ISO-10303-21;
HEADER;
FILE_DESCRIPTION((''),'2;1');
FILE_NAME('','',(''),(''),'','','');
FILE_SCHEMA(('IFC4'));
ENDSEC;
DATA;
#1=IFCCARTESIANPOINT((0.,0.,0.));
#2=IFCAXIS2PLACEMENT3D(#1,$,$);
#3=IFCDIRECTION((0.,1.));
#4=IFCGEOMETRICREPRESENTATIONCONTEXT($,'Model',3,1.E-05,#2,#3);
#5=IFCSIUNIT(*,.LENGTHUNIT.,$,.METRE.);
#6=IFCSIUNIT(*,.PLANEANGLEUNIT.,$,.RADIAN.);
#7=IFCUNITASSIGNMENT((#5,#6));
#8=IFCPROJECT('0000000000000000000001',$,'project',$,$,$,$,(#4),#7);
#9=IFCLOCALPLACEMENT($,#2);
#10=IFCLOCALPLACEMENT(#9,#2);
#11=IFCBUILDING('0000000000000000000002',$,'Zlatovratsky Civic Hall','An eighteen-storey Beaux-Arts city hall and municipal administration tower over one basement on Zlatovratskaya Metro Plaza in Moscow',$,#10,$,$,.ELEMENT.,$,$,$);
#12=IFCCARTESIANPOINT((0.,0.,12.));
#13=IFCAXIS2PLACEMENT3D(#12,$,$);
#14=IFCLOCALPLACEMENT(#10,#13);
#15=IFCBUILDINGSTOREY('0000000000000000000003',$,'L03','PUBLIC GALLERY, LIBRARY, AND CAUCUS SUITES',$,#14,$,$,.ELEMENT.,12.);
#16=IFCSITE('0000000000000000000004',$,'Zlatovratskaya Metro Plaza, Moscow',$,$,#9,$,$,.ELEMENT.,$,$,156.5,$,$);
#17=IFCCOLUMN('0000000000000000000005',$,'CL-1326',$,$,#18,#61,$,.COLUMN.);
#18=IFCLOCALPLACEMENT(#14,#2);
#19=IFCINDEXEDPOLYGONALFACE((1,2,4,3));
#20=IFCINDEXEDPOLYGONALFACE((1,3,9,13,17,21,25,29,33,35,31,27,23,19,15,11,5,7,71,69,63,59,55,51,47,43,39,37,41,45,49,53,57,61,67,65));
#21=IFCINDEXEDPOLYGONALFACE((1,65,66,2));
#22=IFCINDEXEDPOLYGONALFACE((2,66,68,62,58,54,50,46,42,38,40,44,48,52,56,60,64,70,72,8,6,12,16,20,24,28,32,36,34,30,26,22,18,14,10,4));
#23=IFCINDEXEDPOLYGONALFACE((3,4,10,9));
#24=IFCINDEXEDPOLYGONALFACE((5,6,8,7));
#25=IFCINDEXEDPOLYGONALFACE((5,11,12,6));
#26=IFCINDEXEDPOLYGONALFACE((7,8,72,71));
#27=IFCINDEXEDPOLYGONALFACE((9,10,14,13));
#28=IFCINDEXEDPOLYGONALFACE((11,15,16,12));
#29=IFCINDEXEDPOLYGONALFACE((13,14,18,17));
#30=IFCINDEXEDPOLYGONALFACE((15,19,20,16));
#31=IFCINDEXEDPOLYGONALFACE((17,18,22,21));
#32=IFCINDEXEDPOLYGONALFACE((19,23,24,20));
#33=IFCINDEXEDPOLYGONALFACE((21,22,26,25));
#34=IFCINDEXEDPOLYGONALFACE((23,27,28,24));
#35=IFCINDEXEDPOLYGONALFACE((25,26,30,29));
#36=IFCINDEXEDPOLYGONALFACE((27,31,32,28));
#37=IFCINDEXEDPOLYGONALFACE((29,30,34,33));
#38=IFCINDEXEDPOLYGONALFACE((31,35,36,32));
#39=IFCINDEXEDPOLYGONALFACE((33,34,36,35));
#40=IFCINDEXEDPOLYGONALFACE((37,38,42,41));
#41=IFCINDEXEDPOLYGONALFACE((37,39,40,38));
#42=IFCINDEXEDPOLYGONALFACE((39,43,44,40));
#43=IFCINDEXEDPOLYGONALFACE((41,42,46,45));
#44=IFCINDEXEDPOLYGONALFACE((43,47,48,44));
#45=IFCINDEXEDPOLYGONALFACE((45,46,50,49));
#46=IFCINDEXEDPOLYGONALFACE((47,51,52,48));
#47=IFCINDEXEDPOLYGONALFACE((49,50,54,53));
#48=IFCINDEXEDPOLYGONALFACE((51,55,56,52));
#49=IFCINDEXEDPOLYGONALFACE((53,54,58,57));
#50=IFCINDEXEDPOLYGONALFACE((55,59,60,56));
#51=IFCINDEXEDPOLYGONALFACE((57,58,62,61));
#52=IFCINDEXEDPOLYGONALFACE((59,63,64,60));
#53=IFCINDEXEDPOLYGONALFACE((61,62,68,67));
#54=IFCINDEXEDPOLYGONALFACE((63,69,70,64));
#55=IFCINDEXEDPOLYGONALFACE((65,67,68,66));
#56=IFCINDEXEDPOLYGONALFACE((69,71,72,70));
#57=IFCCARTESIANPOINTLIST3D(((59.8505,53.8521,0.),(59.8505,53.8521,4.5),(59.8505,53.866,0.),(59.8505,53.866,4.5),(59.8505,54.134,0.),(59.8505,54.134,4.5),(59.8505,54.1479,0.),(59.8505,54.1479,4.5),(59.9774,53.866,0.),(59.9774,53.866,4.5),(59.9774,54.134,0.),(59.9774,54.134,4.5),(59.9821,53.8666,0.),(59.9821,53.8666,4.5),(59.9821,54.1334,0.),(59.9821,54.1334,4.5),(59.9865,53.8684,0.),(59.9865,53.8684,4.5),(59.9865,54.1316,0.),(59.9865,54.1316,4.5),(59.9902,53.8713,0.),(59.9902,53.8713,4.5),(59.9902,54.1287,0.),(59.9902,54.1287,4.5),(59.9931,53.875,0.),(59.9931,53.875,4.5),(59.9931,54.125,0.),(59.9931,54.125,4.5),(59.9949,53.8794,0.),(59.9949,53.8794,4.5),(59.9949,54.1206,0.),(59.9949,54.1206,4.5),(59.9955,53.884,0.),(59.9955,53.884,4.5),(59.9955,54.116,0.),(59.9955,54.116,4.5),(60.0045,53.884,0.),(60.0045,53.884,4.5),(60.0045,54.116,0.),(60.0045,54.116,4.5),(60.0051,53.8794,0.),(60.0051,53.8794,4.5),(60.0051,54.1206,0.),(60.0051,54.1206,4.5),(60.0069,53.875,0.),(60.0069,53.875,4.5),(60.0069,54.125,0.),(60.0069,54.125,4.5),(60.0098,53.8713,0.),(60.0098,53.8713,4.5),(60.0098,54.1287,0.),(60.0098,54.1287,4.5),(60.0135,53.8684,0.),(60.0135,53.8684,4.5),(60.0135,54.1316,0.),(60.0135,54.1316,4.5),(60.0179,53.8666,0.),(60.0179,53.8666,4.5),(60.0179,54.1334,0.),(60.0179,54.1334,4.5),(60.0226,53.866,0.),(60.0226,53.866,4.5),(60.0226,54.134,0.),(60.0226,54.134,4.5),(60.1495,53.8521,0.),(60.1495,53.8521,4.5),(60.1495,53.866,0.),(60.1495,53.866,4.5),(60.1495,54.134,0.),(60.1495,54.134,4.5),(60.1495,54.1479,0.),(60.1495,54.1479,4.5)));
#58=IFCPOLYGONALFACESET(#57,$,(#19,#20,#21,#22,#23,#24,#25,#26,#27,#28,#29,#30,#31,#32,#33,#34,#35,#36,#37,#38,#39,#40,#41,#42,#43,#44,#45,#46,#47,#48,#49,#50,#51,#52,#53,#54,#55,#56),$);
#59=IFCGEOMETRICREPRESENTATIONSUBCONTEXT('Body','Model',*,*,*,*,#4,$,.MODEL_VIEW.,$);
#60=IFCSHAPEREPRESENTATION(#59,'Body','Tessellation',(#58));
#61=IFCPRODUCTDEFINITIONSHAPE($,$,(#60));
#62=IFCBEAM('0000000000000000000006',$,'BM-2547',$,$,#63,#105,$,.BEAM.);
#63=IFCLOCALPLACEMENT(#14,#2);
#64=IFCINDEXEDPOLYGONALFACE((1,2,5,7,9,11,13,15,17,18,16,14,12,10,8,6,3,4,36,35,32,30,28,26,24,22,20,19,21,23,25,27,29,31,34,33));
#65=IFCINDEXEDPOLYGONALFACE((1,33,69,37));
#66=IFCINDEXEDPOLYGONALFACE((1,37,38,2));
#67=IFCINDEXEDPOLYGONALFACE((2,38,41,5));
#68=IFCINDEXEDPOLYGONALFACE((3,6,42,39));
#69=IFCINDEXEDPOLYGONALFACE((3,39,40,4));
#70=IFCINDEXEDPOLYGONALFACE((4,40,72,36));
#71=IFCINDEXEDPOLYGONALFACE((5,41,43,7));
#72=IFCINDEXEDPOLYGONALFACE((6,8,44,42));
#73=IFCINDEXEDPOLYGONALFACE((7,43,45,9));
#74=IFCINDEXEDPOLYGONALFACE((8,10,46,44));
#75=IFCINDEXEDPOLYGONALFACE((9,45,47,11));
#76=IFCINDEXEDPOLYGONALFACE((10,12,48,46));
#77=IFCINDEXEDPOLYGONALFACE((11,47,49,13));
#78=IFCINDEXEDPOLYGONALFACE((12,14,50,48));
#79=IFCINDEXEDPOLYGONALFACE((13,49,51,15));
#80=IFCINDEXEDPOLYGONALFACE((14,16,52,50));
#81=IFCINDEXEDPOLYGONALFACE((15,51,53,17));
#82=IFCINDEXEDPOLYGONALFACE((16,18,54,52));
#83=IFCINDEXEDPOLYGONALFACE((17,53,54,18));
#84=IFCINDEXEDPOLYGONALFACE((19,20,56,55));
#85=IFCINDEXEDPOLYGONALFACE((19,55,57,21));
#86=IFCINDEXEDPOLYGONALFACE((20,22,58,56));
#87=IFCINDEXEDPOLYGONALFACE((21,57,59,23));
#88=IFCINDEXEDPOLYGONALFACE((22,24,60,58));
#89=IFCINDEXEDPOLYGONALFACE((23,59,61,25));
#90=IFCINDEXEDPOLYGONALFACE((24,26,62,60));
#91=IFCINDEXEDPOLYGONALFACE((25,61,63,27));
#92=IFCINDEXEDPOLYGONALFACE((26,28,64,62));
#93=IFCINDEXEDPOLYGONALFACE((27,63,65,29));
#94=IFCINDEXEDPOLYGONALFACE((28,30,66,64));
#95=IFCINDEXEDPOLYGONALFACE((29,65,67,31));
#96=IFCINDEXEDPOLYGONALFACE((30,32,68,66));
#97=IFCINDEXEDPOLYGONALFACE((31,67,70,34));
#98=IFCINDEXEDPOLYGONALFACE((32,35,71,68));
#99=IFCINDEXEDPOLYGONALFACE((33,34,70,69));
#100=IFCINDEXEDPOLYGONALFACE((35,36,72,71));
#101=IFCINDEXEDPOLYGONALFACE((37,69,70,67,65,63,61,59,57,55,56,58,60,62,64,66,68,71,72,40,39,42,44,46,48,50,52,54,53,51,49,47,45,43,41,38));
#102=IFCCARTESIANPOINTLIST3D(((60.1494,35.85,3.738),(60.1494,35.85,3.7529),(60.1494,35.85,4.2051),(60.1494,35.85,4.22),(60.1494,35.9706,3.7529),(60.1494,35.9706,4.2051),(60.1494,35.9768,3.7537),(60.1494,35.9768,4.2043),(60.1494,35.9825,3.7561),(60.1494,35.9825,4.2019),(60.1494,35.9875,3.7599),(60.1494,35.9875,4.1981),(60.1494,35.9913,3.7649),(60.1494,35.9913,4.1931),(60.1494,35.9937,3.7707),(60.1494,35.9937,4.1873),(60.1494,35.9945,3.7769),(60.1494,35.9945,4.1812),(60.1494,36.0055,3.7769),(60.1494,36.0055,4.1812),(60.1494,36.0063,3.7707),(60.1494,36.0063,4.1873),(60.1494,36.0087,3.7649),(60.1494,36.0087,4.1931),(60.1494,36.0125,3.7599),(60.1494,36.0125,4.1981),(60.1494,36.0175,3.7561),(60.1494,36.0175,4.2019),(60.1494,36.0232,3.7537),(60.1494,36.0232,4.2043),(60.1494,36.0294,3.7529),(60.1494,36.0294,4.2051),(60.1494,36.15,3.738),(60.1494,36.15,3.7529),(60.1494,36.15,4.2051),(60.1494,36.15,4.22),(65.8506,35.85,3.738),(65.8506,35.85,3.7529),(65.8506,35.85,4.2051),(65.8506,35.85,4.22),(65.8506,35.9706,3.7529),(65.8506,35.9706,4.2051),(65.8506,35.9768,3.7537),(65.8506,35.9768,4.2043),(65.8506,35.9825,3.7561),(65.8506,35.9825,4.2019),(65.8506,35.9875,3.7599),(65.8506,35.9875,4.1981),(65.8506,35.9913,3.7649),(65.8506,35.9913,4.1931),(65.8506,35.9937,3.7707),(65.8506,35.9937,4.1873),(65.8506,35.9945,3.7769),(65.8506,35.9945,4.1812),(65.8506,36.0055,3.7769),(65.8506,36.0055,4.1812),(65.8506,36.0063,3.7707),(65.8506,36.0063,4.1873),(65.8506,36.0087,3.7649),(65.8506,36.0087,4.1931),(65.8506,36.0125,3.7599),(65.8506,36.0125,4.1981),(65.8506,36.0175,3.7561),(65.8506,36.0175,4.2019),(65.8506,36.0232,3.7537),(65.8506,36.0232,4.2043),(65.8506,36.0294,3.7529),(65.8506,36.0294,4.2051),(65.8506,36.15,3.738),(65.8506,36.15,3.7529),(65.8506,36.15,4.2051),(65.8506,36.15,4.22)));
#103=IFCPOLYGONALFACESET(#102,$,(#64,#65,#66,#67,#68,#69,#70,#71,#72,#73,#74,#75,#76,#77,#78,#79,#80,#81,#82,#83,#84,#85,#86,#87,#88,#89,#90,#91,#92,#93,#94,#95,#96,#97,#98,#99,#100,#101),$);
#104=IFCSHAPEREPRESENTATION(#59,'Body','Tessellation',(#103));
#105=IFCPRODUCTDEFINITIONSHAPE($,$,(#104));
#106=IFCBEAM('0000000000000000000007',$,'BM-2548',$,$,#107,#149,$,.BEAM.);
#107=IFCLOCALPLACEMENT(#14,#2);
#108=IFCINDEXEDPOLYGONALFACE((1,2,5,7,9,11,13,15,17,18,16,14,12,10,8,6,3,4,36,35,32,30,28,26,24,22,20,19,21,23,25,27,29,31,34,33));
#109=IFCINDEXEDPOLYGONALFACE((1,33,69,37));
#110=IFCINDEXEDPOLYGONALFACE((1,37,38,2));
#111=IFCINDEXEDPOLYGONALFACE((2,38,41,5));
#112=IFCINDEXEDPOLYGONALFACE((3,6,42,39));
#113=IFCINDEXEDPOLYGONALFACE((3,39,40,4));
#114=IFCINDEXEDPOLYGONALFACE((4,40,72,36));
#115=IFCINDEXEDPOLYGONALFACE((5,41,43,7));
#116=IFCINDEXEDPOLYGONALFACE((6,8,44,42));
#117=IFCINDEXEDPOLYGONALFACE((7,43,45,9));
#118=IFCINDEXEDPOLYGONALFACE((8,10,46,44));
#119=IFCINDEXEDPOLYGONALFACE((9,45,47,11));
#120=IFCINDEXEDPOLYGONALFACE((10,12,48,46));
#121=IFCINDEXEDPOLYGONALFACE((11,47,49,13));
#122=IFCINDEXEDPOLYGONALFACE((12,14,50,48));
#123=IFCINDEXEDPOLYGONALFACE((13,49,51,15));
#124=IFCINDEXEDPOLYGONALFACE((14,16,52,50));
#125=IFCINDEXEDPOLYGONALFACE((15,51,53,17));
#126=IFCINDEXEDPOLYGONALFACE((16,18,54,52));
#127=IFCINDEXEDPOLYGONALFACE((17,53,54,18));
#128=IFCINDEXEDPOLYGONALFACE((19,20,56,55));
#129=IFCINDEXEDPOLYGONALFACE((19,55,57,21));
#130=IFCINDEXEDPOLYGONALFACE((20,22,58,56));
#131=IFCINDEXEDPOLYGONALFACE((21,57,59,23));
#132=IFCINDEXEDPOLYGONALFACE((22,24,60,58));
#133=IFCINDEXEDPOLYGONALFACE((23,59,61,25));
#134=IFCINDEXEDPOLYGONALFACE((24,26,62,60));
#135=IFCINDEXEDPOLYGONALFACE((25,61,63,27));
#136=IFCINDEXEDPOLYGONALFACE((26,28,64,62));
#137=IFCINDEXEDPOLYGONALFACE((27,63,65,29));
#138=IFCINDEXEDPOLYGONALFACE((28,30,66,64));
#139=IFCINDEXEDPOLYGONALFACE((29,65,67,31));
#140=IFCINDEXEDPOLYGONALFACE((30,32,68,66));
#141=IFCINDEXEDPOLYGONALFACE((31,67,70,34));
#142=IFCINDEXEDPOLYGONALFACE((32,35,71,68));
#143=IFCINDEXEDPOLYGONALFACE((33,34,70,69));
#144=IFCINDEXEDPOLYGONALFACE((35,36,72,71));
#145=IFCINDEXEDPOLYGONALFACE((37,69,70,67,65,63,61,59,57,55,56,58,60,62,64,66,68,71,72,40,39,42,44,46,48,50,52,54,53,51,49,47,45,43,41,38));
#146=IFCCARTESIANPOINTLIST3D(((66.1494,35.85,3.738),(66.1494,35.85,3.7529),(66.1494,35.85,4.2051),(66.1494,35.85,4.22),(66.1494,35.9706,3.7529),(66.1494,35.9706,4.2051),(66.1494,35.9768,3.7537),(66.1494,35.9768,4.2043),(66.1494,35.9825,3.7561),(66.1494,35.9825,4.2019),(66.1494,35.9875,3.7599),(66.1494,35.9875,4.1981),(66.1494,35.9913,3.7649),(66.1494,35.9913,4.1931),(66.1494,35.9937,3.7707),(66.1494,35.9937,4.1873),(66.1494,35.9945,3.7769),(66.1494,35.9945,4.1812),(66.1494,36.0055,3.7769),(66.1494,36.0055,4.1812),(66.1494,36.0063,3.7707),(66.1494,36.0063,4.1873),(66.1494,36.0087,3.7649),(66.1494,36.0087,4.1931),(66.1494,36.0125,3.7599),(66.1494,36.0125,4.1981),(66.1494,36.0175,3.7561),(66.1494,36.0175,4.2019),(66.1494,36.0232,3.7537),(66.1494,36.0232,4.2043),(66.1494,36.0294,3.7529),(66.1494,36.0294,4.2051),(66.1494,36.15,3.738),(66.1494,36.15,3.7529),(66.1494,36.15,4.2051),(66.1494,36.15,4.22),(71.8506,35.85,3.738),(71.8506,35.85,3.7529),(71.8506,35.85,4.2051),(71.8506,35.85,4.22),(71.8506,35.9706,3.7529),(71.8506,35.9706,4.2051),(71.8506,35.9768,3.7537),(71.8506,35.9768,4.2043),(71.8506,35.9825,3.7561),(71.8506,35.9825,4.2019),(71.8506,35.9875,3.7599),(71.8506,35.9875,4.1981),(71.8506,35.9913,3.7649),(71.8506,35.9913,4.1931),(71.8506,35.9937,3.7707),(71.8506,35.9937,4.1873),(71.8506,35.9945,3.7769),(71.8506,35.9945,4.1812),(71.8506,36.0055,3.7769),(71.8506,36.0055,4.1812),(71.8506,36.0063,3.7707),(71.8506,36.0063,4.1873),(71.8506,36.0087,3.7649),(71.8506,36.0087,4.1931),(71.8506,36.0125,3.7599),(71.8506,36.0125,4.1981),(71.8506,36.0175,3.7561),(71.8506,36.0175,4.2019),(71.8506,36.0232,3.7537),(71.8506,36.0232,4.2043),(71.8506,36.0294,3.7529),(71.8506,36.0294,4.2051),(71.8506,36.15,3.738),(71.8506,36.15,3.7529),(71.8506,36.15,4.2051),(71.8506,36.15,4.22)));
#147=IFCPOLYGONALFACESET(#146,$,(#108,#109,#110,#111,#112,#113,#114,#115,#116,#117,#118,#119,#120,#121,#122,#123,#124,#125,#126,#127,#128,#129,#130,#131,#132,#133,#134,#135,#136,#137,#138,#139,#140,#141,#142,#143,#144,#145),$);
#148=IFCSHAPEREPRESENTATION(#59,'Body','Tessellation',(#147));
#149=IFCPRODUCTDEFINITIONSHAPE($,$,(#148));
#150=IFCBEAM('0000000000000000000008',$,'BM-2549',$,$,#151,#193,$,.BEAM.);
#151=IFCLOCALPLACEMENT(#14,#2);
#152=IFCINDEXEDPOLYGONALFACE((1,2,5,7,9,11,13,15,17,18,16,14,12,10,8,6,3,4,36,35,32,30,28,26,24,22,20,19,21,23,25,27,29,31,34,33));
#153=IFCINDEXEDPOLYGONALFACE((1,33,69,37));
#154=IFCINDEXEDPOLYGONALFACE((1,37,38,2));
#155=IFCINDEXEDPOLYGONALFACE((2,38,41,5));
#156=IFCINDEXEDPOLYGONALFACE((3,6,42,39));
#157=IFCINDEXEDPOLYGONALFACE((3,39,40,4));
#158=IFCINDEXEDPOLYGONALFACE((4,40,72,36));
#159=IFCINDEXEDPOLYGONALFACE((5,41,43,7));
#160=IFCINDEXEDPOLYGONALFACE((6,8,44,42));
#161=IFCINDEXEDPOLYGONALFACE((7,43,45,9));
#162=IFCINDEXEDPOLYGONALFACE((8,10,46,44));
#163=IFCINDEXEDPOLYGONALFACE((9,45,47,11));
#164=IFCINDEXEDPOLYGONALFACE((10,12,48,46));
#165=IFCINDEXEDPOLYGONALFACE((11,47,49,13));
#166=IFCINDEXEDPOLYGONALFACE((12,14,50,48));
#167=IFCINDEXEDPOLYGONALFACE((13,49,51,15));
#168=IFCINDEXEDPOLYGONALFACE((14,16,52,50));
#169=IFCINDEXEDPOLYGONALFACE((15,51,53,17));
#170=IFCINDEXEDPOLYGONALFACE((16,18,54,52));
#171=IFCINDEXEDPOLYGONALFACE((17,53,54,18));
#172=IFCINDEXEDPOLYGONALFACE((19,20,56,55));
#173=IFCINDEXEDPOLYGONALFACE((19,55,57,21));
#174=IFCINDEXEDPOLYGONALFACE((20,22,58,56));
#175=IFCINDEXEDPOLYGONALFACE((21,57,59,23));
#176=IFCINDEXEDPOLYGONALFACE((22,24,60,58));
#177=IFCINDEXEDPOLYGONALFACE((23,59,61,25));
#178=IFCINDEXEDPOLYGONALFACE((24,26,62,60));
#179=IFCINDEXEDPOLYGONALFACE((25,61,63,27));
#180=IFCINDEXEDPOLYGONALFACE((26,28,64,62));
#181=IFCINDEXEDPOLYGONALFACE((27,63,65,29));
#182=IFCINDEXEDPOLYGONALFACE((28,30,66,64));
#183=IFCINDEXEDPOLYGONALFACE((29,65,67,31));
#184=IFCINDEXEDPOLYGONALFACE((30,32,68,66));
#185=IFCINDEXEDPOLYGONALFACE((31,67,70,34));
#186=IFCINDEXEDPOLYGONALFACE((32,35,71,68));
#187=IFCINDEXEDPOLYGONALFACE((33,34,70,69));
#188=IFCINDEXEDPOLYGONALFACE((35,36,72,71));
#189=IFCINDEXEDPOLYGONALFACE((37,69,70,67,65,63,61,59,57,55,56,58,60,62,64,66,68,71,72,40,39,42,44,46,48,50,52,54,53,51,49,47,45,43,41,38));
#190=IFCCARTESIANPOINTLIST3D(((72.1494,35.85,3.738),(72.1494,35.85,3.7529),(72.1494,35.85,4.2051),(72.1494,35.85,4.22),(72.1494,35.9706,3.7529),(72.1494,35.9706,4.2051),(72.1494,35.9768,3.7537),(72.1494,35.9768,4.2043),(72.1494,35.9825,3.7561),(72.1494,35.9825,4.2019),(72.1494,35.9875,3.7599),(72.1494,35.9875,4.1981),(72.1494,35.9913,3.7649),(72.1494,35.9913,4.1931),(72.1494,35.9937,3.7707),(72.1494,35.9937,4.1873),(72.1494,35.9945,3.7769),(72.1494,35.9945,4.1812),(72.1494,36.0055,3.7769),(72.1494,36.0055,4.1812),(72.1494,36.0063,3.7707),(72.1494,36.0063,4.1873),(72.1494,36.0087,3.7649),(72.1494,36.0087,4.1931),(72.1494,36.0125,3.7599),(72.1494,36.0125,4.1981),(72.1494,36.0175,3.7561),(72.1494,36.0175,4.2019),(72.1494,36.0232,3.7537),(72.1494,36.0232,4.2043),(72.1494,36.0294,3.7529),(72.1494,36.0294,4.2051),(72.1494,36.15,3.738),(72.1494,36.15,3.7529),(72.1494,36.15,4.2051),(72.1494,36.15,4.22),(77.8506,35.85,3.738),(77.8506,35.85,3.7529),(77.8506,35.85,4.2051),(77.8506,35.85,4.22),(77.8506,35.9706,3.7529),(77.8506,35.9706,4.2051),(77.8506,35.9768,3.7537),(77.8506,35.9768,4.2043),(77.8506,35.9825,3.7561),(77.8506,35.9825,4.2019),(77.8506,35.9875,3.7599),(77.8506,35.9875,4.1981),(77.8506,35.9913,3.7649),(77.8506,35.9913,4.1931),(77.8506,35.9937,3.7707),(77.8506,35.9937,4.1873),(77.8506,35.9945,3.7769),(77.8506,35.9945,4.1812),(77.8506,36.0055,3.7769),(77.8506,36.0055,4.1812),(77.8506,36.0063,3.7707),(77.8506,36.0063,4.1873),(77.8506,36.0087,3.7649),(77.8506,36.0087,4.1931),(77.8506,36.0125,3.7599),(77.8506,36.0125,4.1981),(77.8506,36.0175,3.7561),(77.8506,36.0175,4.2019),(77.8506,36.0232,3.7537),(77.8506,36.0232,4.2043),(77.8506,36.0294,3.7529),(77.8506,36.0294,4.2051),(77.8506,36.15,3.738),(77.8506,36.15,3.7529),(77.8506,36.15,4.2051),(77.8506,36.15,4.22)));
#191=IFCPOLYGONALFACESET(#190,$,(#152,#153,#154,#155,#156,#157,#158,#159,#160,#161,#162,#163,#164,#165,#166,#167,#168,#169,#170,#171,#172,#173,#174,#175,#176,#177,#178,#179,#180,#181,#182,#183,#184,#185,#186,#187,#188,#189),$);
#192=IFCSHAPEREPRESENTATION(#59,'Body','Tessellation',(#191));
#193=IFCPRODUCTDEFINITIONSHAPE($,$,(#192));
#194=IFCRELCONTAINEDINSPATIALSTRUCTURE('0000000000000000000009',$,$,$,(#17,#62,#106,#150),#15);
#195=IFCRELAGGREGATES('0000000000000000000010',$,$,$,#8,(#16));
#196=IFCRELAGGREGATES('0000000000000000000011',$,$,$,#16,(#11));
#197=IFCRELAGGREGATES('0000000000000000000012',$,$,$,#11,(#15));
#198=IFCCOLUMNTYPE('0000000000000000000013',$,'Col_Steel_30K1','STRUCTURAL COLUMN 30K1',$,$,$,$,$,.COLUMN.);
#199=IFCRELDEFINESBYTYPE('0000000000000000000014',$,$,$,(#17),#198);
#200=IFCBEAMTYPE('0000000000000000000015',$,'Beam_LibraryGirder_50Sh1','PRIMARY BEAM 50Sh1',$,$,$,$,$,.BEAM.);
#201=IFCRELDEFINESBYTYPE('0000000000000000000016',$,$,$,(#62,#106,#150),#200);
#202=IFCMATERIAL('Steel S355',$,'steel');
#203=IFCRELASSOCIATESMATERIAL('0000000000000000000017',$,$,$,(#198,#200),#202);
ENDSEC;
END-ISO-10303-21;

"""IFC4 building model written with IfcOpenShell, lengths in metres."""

from ifc_helpers import new_model, si_unit, direction, frame, origin, origin_2d, place, context, subcontext, project, spatial, i_section, extrude, material, material_profile, profile_set, type_object, element, save


model = new_model("IFC4")

# Units and contexts
model_context = context("Model", 3, precision=1e-05, world=origin(), true_north=direction((0.0, 1.0)))
body_context = subcontext(model_context, "Body", "Model", "MODEL_VIEW")
ifc_project = project(units=[si_unit("LENGTHUNIT", "METRE"), si_unit("PLANEANGLEUNIT", "RADIAN")], contexts=[model_context])

# Site, building, storey
site_placement = place(None, origin())
site = spatial("IfcSite", under=ifc_project, at=site_placement, Name="Zlatovratskaya Metro Plaza, Moscow", CompositionType="ELEMENT", RefElevation=156.5)
building_placement = place(site_placement, origin())
building = spatial("IfcBuilding", under=site, at=building_placement, Name="Zlatovratsky Civic Hall", Description="An eighteen-storey Beaux-Arts city hall and municipal administration tower over one basement on Zlatovratskaya Metro Plaza in Moscow", CompositionType="ELEMENT")
storey_placement = place(building_placement, frame((0.0, 0.0, 12.0)))
storey = spatial("IfcBuildingStorey", under=building, at=storey_placement, Name="L03", Description="PUBLIC GALLERY, LIBRARY, AND CAUCUS SUITES", CompositionType="ELEMENT", Elevation=12.0)

# Column
ifc_material_1 = material(Name="Steel S355", Category="steel")
ifc_material_profile_1 = material_profile(ifc_material_1, i_section(OverallWidth=0.2991, OverallDepth=0.2959, WebThickness=0.009, FlangeThickness=0.0139, FilletRadius=0.0181, at=origin_2d()), Name="30K1")
ifc_profile_set_1 = profile_set([ifc_material_profile_1], Name="Steel S355")
column_type_1 = type_object("IfcColumnType", Name="Col_Steel_30K1", Description="STRUCTURAL COLUMN 30K1", PredefinedType="COLUMN", material=ifc_profile_set_1)
for number, where, z_axis, x_axis, name in (
    (1, (60.0, 54.0, 0.0), (0.0, 0.0, 1.0), (1.0, 0.0, 0.0), "CL-1326"),
):
    element("IfcColumn", number, at=place(storey_placement, frame(where, z_axis=z_axis, x_axis=x_axis)), inside=storey, type_object=column_type_1, Name=name, PredefinedType="COLUMN", context=body_context, shape_type="SweptSolid", body=[
        extrude(i_section(OverallWidth=0.2991, OverallDepth=0.2959, WebThickness=0.009, FlangeThickness=0.0139, FilletRadius=0.0181, at=origin_2d()), origin(), (0.0, 0.0, 1.0), 4.5),
    ])

# Beams
ifc_material_profile_2 = material_profile(ifc_material_1, i_section(OverallWidth=0.3, OverallDepth=0.4819, WebThickness=0.011, FlangeThickness=0.0149, FilletRadius=0.0239, at=origin_2d()), Name="50Sh1")
ifc_profile_set_2 = profile_set([ifc_material_profile_2], Name="Steel S355")
beam_type = type_object("IfcBeamType", Name="Beam_LibraryGirder_50Sh1", Description="PRIMARY BEAM 50Sh1", PredefinedType="BEAM", material=ifc_profile_set_2)
for number, where, z_axis, x_axis, name in (
    (2, (60.1494, 36.0, 3.979), (1.0, 0.0, 0.0), (0.0, 1.0, 0.0), "BM-2547"),
    (3, (66.1494, 36.0, 3.979), (1.0, 0.0, 0.0), (0.0, 1.0, 0.0), "BM-2548"),
    (4, (72.1494, 36.0, 3.979), (1.0, 0.0, 0.0), (0.0, 1.0, 0.0), "BM-2549"),
):
    element("IfcBeam", number, at=place(storey_placement, frame(where, z_axis=z_axis, x_axis=x_axis)), inside=storey, type_object=beam_type, Name=name, PredefinedType="BEAM", context=body_context, shape_type="SweptSolid", body=[
        extrude(i_section(OverallWidth=0.3, OverallDepth=0.4819, WebThickness=0.011, FlangeThickness=0.0149, FilletRadius=0.0239, at=origin_2d()), origin(), (0.0, 0.0, 1.0), 5.7012),
    ])

save(model, "model.ifc")
